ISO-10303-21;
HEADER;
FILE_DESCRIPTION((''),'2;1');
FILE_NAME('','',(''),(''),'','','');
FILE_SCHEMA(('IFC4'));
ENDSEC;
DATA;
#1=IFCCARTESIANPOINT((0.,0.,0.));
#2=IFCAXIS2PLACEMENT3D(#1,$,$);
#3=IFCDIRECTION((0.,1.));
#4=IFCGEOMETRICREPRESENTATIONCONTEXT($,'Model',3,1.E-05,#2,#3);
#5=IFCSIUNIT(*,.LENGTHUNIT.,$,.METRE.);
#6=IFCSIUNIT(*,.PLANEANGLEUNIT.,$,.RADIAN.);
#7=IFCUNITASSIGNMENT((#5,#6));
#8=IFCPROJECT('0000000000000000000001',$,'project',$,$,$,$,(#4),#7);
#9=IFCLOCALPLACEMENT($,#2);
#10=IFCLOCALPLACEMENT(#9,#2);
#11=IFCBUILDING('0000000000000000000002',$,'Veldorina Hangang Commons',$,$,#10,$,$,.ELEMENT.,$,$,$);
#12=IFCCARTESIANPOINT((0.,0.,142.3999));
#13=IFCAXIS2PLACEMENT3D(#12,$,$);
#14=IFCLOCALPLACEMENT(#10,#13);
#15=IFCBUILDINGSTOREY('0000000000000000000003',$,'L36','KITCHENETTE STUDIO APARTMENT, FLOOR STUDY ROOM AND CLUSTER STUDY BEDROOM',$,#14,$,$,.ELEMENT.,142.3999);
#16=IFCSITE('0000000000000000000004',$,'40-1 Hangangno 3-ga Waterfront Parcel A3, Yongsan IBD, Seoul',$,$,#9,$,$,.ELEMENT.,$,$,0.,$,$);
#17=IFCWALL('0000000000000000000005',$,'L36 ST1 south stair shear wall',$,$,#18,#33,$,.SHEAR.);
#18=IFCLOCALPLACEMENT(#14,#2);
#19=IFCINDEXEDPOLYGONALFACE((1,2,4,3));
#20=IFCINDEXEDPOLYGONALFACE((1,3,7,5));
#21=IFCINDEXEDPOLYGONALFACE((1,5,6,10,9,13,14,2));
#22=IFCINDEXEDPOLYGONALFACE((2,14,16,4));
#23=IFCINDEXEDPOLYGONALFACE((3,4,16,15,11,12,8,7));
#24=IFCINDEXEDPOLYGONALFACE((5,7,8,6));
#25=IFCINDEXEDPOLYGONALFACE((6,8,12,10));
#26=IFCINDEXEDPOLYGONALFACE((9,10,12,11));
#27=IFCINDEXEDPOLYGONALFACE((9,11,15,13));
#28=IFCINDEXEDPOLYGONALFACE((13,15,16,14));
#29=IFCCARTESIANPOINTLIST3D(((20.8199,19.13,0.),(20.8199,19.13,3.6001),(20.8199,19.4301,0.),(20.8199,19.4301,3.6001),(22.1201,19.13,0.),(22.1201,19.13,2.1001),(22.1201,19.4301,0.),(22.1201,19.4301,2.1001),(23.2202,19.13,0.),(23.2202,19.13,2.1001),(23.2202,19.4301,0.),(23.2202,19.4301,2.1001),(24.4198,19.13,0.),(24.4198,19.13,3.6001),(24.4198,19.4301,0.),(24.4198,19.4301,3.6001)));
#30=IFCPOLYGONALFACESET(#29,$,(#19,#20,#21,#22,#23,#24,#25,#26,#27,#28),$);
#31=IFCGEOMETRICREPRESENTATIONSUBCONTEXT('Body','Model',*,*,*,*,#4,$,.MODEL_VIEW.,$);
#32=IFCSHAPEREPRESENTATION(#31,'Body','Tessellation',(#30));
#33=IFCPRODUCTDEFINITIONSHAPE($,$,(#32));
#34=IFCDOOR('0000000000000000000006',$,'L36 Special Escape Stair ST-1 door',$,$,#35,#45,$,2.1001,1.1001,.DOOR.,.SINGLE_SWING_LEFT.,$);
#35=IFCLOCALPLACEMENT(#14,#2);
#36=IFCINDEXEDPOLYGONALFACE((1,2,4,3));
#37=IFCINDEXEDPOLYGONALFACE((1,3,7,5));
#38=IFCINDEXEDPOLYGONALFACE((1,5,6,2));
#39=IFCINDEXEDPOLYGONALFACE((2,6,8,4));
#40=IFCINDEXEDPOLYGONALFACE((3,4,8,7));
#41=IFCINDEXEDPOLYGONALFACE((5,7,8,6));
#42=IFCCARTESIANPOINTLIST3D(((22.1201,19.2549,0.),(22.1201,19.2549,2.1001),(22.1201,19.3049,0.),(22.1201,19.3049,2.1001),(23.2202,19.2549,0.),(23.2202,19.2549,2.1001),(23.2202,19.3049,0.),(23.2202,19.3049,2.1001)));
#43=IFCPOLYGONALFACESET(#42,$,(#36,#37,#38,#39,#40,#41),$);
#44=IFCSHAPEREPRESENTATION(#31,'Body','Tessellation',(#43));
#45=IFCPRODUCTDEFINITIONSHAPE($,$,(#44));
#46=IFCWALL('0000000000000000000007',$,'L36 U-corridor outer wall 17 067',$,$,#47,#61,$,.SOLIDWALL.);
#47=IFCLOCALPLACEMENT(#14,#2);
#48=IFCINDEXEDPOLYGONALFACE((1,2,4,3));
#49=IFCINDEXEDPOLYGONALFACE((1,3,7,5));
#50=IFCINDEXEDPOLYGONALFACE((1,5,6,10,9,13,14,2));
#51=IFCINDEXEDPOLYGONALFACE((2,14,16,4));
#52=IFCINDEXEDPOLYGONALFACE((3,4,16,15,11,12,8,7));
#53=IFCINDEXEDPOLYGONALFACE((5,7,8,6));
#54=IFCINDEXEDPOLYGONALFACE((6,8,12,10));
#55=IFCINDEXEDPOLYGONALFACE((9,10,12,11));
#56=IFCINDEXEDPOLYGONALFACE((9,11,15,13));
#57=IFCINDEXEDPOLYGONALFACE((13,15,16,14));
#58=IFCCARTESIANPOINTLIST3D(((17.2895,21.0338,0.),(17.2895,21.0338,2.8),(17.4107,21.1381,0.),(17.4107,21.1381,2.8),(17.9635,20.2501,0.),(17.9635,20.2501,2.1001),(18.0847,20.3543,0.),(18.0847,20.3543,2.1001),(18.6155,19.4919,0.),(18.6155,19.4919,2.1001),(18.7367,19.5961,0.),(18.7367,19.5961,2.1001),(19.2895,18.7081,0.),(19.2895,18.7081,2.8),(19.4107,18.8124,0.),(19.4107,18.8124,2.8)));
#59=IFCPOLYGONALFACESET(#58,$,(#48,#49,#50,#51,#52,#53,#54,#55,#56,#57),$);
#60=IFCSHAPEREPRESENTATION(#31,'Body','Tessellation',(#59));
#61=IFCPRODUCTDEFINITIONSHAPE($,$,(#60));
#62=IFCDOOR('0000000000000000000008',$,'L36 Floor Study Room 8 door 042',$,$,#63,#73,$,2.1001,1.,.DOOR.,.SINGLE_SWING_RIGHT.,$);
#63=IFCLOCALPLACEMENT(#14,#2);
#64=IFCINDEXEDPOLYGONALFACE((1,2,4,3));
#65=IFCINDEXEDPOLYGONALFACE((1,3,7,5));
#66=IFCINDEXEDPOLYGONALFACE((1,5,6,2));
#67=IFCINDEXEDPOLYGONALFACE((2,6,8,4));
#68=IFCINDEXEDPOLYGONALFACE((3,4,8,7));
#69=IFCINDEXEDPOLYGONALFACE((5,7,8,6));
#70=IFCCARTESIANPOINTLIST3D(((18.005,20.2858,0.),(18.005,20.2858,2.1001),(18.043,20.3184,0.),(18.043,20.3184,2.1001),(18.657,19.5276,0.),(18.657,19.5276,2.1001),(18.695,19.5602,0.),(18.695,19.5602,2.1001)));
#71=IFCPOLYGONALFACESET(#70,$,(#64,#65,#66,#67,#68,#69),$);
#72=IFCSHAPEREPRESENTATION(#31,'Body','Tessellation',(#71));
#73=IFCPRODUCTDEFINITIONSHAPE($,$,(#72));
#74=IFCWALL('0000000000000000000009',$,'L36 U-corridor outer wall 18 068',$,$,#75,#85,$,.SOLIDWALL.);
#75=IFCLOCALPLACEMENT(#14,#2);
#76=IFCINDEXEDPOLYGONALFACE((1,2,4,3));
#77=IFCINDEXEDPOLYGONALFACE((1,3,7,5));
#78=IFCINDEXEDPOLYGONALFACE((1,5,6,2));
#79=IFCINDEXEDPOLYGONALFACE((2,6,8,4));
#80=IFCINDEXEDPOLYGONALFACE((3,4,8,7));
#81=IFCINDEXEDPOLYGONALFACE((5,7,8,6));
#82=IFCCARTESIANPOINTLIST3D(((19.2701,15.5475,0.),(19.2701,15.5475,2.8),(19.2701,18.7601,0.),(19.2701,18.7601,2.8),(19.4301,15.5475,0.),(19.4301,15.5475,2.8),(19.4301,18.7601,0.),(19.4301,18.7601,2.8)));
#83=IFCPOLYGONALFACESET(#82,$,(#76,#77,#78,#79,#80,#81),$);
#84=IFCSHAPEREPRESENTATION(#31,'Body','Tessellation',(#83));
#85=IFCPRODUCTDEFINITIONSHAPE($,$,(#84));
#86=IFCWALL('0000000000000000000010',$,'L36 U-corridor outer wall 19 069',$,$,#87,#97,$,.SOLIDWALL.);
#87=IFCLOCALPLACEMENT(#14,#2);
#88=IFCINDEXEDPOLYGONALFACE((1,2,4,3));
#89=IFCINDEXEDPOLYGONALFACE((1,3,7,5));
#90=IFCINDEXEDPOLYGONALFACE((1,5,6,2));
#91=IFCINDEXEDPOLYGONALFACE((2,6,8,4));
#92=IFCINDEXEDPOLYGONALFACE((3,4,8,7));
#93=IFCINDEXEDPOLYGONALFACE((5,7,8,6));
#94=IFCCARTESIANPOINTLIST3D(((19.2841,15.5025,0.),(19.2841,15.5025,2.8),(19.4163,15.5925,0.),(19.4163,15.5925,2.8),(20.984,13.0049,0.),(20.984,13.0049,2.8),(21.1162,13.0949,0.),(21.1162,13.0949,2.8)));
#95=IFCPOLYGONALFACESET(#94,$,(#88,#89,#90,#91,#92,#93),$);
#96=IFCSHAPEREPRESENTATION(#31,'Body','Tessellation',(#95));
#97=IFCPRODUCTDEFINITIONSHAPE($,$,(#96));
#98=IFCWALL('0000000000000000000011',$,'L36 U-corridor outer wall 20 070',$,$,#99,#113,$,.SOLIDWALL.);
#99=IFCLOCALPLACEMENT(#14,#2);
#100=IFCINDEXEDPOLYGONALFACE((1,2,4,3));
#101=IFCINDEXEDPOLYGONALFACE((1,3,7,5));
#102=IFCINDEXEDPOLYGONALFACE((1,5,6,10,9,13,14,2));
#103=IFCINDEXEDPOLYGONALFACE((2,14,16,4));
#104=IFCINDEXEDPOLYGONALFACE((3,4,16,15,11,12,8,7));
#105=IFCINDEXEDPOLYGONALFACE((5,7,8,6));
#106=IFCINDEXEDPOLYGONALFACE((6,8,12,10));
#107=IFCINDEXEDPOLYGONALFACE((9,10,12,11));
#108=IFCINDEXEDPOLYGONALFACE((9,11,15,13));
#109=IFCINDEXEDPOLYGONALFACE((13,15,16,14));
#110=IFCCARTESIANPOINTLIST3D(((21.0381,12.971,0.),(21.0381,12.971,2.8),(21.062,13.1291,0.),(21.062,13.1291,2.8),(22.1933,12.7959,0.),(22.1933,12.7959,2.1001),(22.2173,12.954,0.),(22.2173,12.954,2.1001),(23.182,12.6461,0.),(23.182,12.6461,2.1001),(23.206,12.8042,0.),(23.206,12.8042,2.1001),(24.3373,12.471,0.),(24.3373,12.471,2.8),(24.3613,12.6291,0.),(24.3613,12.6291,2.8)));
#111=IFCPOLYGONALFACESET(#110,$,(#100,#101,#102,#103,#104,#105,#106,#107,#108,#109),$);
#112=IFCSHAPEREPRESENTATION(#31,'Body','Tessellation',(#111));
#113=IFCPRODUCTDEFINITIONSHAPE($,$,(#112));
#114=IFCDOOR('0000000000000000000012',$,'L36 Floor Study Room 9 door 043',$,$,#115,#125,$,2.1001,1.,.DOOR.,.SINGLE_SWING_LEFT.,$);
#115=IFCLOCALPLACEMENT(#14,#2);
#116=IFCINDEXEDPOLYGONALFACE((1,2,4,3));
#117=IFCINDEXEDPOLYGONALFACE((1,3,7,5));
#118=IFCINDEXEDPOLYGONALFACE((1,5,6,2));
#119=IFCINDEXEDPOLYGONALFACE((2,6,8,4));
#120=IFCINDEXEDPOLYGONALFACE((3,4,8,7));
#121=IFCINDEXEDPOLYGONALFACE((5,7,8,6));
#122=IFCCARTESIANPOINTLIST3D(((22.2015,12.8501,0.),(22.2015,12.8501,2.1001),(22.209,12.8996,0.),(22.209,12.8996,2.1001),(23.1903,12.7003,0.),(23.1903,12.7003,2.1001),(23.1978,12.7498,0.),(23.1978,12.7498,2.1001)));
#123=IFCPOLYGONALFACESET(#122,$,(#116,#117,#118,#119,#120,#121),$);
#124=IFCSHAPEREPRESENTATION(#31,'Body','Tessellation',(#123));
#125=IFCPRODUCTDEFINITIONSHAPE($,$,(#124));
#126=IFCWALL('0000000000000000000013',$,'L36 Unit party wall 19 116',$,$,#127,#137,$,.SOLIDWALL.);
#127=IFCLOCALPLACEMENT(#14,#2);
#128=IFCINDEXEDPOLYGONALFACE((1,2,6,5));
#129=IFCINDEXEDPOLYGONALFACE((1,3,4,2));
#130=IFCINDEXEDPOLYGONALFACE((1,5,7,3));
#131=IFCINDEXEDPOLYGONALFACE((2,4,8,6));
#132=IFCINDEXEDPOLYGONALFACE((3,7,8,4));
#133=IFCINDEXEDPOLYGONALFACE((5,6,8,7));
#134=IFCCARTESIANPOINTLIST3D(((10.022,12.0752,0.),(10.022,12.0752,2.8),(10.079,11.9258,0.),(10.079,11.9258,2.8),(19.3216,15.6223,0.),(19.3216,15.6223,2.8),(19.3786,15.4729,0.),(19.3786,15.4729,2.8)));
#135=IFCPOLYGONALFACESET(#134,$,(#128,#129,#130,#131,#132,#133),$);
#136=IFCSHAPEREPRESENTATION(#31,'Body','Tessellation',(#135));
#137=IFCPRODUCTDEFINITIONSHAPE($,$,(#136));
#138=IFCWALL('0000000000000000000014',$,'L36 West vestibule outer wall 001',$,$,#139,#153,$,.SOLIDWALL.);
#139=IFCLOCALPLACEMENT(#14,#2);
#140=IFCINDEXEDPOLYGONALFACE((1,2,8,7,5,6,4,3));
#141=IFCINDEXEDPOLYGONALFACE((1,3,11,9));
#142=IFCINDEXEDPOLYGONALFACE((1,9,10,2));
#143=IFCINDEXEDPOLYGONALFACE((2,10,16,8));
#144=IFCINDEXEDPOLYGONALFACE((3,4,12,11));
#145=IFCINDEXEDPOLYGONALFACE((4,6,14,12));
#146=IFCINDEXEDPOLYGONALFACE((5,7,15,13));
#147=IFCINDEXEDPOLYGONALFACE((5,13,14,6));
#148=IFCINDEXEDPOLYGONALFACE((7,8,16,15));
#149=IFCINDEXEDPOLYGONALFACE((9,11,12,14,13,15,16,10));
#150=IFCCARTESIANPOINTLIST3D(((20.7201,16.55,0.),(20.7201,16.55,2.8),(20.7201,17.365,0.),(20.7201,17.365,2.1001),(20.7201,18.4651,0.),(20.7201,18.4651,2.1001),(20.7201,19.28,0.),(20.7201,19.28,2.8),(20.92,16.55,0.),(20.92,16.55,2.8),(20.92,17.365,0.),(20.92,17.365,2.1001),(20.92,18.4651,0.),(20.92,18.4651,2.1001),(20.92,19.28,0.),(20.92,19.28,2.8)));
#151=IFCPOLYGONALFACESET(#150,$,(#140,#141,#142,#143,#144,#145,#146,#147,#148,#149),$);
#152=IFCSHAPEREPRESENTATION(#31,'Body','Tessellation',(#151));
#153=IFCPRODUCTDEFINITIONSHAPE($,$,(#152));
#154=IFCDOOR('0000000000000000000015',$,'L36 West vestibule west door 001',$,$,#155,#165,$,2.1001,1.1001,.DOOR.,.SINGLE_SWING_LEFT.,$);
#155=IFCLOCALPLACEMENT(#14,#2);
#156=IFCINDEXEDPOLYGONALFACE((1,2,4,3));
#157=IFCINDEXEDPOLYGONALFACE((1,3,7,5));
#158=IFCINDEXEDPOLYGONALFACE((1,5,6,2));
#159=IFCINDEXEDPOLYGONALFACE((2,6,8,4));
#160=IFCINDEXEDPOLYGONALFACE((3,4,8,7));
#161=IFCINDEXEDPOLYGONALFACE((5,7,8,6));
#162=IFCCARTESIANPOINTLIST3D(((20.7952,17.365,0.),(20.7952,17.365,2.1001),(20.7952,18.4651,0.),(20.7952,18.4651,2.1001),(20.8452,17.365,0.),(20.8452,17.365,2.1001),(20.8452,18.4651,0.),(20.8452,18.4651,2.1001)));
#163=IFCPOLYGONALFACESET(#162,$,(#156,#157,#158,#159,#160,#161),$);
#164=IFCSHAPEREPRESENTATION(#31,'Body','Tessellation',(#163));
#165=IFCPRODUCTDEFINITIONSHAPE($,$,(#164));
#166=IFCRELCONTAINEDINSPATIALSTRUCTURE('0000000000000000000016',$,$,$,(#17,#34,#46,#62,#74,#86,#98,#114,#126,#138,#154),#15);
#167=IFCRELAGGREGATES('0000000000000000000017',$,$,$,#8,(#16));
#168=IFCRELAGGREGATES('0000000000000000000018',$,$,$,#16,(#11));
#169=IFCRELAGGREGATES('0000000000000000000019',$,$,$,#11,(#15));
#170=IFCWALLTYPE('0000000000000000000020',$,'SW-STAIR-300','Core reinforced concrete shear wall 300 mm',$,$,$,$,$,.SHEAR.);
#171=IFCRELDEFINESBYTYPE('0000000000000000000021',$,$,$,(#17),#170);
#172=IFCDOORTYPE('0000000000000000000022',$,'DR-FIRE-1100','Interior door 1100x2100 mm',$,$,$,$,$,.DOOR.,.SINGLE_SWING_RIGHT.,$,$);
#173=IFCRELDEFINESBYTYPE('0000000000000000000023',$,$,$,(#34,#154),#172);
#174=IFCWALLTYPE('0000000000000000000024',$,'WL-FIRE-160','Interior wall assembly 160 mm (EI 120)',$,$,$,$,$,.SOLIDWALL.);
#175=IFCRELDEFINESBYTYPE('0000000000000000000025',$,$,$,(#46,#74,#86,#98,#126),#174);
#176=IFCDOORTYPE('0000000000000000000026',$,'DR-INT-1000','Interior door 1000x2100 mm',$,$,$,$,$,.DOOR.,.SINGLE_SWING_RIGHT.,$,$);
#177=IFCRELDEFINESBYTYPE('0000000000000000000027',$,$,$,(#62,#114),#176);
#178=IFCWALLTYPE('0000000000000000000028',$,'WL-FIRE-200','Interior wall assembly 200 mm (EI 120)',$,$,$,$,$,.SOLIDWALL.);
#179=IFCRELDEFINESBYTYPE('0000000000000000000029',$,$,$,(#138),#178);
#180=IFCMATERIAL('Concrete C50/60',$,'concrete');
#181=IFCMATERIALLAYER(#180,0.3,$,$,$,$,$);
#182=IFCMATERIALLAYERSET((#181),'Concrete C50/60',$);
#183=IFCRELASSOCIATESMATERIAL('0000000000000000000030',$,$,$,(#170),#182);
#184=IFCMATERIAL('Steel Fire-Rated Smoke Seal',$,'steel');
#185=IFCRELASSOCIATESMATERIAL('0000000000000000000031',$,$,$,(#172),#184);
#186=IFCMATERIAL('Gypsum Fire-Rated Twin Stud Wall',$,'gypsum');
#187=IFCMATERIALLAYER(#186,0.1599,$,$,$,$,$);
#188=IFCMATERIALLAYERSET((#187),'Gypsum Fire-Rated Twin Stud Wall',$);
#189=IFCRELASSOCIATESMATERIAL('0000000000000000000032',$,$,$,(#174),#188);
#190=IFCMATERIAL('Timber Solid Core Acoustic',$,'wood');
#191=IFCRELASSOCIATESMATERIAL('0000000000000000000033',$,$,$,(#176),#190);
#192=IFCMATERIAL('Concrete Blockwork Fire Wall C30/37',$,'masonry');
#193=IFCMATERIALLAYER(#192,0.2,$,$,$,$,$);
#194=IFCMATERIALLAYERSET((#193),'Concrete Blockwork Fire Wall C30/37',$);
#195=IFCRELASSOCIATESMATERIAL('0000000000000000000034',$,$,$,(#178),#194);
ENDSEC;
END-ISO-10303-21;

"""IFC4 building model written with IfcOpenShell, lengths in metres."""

from ifc_helpers import new_model, si_unit, direction, frame, frame_2d, origin, place, context, subcontext, project, spatial, rectangle, extrude, material, layer, layer_set, type_object, element, fill, save


model = new_model("IFC4")

# Units and contexts
model_context = context("Model", 3, precision=1e-05, world=origin(), true_north=direction((0.0, 1.0)))
body_context = subcontext(model_context, "Body", "Model", "MODEL_VIEW")
ifc_project = project(units=[si_unit("LENGTHUNIT", "METRE"), si_unit("PLANEANGLEUNIT", "RADIAN")], contexts=[model_context])

# Site, building, storey
site_placement = place(None, origin())
site = spatial("IfcSite", under=ifc_project, at=site_placement, Name="40-1 Hangangno 3-ga Waterfront Parcel A3, Yongsan IBD, Seoul", CompositionType="ELEMENT", RefElevation=0.0)
building_placement = place(site_placement, origin())
building = spatial("IfcBuilding", under=site, at=building_placement, Name="Veldorina Hangang Commons", CompositionType="ELEMENT")
storey_placement = place(building_placement, frame((0.0, 0.0, 142.3999)))
storey = spatial("IfcBuildingStorey", under=building, at=storey_placement, Name="L36", Description="KITCHENETTE STUDIO APARTMENT, FLOOR STUDY ROOM AND CLUSTER STUDY BEDROOM", CompositionType="ELEMENT", Elevation=142.3999)

# Shared definitions
ifc_material_1 = material(Name="Concrete C50/60", Category="concrete")
ifc_layer_1 = layer(ifc_material_1, 0.3)
ifc_layer_set_1 = layer_set([ifc_layer_1], Name="Concrete C50/60")
wall_type_1 = type_object("IfcWallType", Name="SW-STAIR-300", Description="Core reinforced concrete shear wall 300 mm", PredefinedType="SHEAR", material=ifc_layer_set_1)

# Walls, openings, doors
wall_1_placement = place(storey_placement, frame((20.8201, 19.28, 0.0), z_axis=(0.0, 0.0, 1.0), x_axis=(1.0, 0.0, 0.0)))
wall_1 = element("IfcWall", 1, at=wall_1_placement, inside=storey, type_object=wall_type_1, Name="L36 ST1 south stair shear wall", PredefinedType="SHEAR", context=body_context, shape_type="SweptSolid", body=[
    extrude(rectangle(XDim=3.5999, YDim=0.3, at=frame_2d((1.7998, 0.0))), origin(), (0.0, 0.0, 1.0), 3.6001),
])
opening_1_placement = place(wall_1_placement, frame((1.3, 0.0, 0.0)))
opening_1 = element("IfcOpeningElement", 2, at=opening_1_placement, cuts=wall_1, PredefinedType="OPENING", context=body_context, shape_type="SweptSolid", body=[
    extrude(rectangle(XDim=1.1001, YDim=2.1001, at=frame_2d((0.55, 1.05))), frame((0.0, 0.1602, 0.0), z_axis=(0.0, -1.0, 0.0), x_axis=(1.0, 0.0, 0.0)), (0.0, 0.0, 1.0), 0.3201),
])
ifc_material_2 = material(Name="Steel Fire-Rated Smoke Seal", Category="steel")
door_type_1 = type_object("IfcDoorType", Name="DR-FIRE-1100", Description="Interior door 1100x2100 mm", OperationType="SINGLE_SWING_RIGHT", PredefinedType="DOOR", material=ifc_material_2)
door_1_placement = place(opening_1_placement, origin())
door_1 = element("IfcDoor", 3, at=door_1_placement, inside=storey, type_object=door_type_1, Name="L36 Special Escape Stair ST-1 door", OperationType="SINGLE_SWING_LEFT", OverallHeight=2.1001, OverallWidth=1.1001, PredefinedType="DOOR", context=body_context, shape_type="SweptSolid", body=[
    extrude(rectangle(XDim=1.1001, YDim=2.1001, at=frame_2d((0.55, 1.05))), frame((0.0, 0.0249, 0.0), z_axis=(0.0, -1.0, 0.0), x_axis=(1.0, 0.0, 0.0)), (0.0, 0.0, 1.0), 0.05),
])
fill(opening_1, door_1)
ifc_material_3 = material(Name="Gypsum Fire-Rated Twin Stud Wall", Category="gypsum")
ifc_layer_2 = layer(ifc_material_3, 0.1599)
ifc_layer_set_2 = layer_set([ifc_layer_2], Name="Gypsum Fire-Rated Twin Stud Wall")
wall_type_2 = type_object("IfcWallType", Name="WL-FIRE-160", Description="Interior wall assembly 160 mm (EI 120)", PredefinedType="SOLIDWALL", material=ifc_layer_set_2)
wall_2_placement = place(storey_placement, frame((17.3501, 21.0859, 0.0), z_axis=(0.0, 0.0, 1.0), x_axis=(0.652023, -0.758199, 0.0)))
wall_2 = element("IfcWall", 4, at=wall_2_placement, inside=storey, type_object=wall_type_2, Name="L36 U-corridor outer wall 17 067", PredefinedType="SOLIDWALL", context=body_context, shape_type="SweptSolid", body=[
    extrude(rectangle(XDim=3.0674, YDim=0.1599, at=frame_2d((1.5337, 0.0))), origin(), (0.0, 0.0, 1.0), 2.8),
])
opening_2_placement = place(wall_2_placement, frame((1.0337, 0.0, 0.0)))
opening_2 = element("IfcOpeningElement", 5, at=opening_2_placement, cuts=wall_2, PredefinedType="OPENING", context=body_context, shape_type="SweptSolid", body=[
    extrude(rectangle(XDim=1.0, YDim=2.1001, at=frame_2d((0.5, 1.05))), frame((0.0, 0.0898, 0.0), z_axis=(0.0, -1.0, 0.0), x_axis=(1.0, 0.0, 0.0)), (0.0, 0.0, 1.0), 0.1799),
])
ifc_material_4 = material(Name="Timber Solid Core Acoustic", Category="wood")
door_type_2 = type_object("IfcDoorType", Name="DR-INT-1000", Description="Interior door 1000x2100 mm", OperationType="SINGLE_SWING_RIGHT", PredefinedType="DOOR", material=ifc_material_4)
door_2_placement = place(opening_2_placement, origin())
door_2 = element("IfcDoor", 6, at=door_2_placement, inside=storey, type_object=door_type_2, Name="L36 Floor Study Room 8 door 042", OperationType="SINGLE_SWING_RIGHT", OverallHeight=2.1001, OverallWidth=1.0, PredefinedType="DOOR", context=body_context, shape_type="SweptSolid", body=[
    extrude(rectangle(XDim=1.0, YDim=2.1001, at=frame_2d((0.5, 1.05))), frame((0.0, 0.0249, 0.0), z_axis=(0.0, -1.0, 0.0), x_axis=(1.0, 0.0, 0.0)), (0.0, 0.0, 1.0), 0.05),
])
fill(opening_2, door_2)

# Walls
wall_3_placement = place(storey_placement, frame((19.3501, 18.7603, 0.0), z_axis=(0.0, 0.0, 1.0), x_axis=(0.0, -1.0, 0.0)))
element("IfcWall", 7, at=wall_3_placement, inside=storey, type_object=wall_type_2, Name="L36 U-corridor outer wall 18 068", PredefinedType="SOLIDWALL", context=body_context, shape_type="SweptSolid", body=[
    extrude(rectangle(XDim=3.2126, YDim=0.1599, at=frame_2d((1.6064, 0.0))), origin(), (0.0, 0.0, 1.0), 2.8),
])
wall_4_placement = place(storey_placement, frame((19.3501, 15.5476, 0.0), z_axis=(0.0, 0.0, 1.0), x_axis=(0.562675, -0.826678, 0.0)))
element("IfcWall", 8, at=wall_4_placement, inside=storey, type_object=wall_type_2, Name="L36 U-corridor outer wall 19 069", PredefinedType="SOLIDWALL", context=body_context, shape_type="SweptSolid", body=[
    extrude(rectangle(XDim=3.0212, YDim=0.1599, at=frame_2d((1.5107, 0.0))), origin(), (0.0, 0.0, 1.0), 2.8),
])

# Wall, opening, door
wall_5_placement = place(storey_placement, frame((21.05, 13.05, 0.0), z_axis=(0.0, 0.0, 1.0), x_axis=(0.988711, -0.149836, 0.0)))
wall_5 = element("IfcWall", 9, at=wall_5_placement, inside=storey, type_object=wall_type_2, Name="L36 U-corridor outer wall 20 070", PredefinedType="SOLIDWALL", context=body_context, shape_type="SweptSolid", body=[
    extrude(rectangle(XDim=3.3369, YDim=0.1599, at=frame_2d((1.6685, 0.0))), origin(), (0.0, 0.0, 1.0), 2.8),
])
opening_3_placement = place(wall_5_placement, frame((1.1685, 0.0, 0.0)))
opening_3 = element("IfcOpeningElement", 10, at=opening_3_placement, cuts=wall_5, PredefinedType="OPENING", context=body_context, shape_type="SweptSolid", body=[
    extrude(rectangle(XDim=1.0, YDim=2.1001, at=frame_2d((0.5, 1.05))), frame((0.0, 0.0898, 0.0), z_axis=(0.0, -1.0, 0.0), x_axis=(1.0, 0.0, 0.0)), (0.0, 0.0, 1.0), 0.1799),
])
door_3_placement = place(opening_3_placement, origin())
door_3 = element("IfcDoor", 11, at=door_3_placement, inside=storey, type_object=door_type_2, Name="L36 Floor Study Room 9 door 043", OperationType="SINGLE_SWING_LEFT", OverallHeight=2.1001, OverallWidth=1.0, PredefinedType="DOOR", context=body_context, shape_type="SweptSolid", body=[
    extrude(rectangle(XDim=1.0, YDim=2.1001, at=frame_2d((0.5, 1.05))), frame((0.0, 0.0249, 0.0), z_axis=(0.0, -1.0, 0.0), x_axis=(1.0, 0.0, 0.0)), (0.0, 0.0, 1.0), 0.05),
])
fill(opening_3, door_3)

# Wall
wall_6_placement = place(storey_placement, frame((19.3501, 15.5476, 0.0), z_axis=(0.0, 0.0, 1.0), x_axis=(-0.93434, -0.356384, 0.0)))
element("IfcWall", 12, at=wall_6_placement, inside=storey, type_object=wall_type_2, Name="L36 Unit party wall 19 116", PredefinedType="SOLIDWALL", context=body_context, shape_type="SweptSolid", body=[
    extrude(rectangle(XDim=9.9531, YDim=0.1599, at=frame_2d((4.9766, 0.0))), origin(), (0.0, 0.0, 1.0), 2.8),
])

# Wall, opening, door
ifc_material_5 = material(Name="Concrete Blockwork Fire Wall C30/37", Category="masonry")
ifc_layer_3 = layer(ifc_material_5, 0.2)
ifc_layer_set_3 = layer_set([ifc_layer_3], Name="Concrete Blockwork Fire Wall C30/37")
wall_type_3 = type_object("IfcWallType", Name="WL-FIRE-200", Description="Interior wall assembly 200 mm (EI 120)", PredefinedType="SOLIDWALL", material=ifc_layer_set_3)
wall_7_placement = place(storey_placement, frame((20.8201, 16.55, 0.0), z_axis=(0.0, 0.0, 1.0), x_axis=(0.0, 1.0, 0.0)))
wall_7 = element("IfcWall", 13, at=wall_7_placement, inside=storey, type_object=wall_type_3, Name="L36 West vestibule outer wall 001", PredefinedType="SOLIDWALL", context=body_context, shape_type="SweptSolid", body=[
    extrude(rectangle(XDim=2.73, YDim=0.2, at=frame_2d((1.365, 0.0))), origin(), (0.0, 0.0, 1.0), 2.8),
])
opening_4_placement = place(wall_7_placement, frame((0.8149, 0.0, 0.0)))
opening_4 = element("IfcOpeningElement", 14, at=opening_4_placement, cuts=wall_7, PredefinedType="OPENING", context=body_context, shape_type="SweptSolid", body=[
    extrude(rectangle(XDim=1.1001, YDim=2.1001, at=frame_2d((0.55, 1.05))), frame((0.0, 0.1099, 0.0), z_axis=(0.0, -1.0, 0.0), x_axis=(1.0, 0.0, 0.0)), (0.0, 0.0, 1.0), 0.22),
])
door_4_placement = place(opening_4_placement, origin())
door_4 = element("IfcDoor", 15, at=door_4_placement, inside=storey, type_object=door_type_1, Name="L36 West vestibule west door 001", OperationType="SINGLE_SWING_LEFT", OverallHeight=2.1001, OverallWidth=1.1001, PredefinedType="DOOR", context=body_context, shape_type="SweptSolid", body=[
    extrude(rectangle(XDim=1.1001, YDim=2.1001, at=frame_2d((0.55, 1.05))), frame((0.0, 0.0249, 0.0), z_axis=(0.0, -1.0, 0.0), x_axis=(1.0, 0.0, 0.0)), (0.0, 0.0, 1.0), 0.05),
])
fill(opening_4, door_4)

save(model, "model.ifc")
